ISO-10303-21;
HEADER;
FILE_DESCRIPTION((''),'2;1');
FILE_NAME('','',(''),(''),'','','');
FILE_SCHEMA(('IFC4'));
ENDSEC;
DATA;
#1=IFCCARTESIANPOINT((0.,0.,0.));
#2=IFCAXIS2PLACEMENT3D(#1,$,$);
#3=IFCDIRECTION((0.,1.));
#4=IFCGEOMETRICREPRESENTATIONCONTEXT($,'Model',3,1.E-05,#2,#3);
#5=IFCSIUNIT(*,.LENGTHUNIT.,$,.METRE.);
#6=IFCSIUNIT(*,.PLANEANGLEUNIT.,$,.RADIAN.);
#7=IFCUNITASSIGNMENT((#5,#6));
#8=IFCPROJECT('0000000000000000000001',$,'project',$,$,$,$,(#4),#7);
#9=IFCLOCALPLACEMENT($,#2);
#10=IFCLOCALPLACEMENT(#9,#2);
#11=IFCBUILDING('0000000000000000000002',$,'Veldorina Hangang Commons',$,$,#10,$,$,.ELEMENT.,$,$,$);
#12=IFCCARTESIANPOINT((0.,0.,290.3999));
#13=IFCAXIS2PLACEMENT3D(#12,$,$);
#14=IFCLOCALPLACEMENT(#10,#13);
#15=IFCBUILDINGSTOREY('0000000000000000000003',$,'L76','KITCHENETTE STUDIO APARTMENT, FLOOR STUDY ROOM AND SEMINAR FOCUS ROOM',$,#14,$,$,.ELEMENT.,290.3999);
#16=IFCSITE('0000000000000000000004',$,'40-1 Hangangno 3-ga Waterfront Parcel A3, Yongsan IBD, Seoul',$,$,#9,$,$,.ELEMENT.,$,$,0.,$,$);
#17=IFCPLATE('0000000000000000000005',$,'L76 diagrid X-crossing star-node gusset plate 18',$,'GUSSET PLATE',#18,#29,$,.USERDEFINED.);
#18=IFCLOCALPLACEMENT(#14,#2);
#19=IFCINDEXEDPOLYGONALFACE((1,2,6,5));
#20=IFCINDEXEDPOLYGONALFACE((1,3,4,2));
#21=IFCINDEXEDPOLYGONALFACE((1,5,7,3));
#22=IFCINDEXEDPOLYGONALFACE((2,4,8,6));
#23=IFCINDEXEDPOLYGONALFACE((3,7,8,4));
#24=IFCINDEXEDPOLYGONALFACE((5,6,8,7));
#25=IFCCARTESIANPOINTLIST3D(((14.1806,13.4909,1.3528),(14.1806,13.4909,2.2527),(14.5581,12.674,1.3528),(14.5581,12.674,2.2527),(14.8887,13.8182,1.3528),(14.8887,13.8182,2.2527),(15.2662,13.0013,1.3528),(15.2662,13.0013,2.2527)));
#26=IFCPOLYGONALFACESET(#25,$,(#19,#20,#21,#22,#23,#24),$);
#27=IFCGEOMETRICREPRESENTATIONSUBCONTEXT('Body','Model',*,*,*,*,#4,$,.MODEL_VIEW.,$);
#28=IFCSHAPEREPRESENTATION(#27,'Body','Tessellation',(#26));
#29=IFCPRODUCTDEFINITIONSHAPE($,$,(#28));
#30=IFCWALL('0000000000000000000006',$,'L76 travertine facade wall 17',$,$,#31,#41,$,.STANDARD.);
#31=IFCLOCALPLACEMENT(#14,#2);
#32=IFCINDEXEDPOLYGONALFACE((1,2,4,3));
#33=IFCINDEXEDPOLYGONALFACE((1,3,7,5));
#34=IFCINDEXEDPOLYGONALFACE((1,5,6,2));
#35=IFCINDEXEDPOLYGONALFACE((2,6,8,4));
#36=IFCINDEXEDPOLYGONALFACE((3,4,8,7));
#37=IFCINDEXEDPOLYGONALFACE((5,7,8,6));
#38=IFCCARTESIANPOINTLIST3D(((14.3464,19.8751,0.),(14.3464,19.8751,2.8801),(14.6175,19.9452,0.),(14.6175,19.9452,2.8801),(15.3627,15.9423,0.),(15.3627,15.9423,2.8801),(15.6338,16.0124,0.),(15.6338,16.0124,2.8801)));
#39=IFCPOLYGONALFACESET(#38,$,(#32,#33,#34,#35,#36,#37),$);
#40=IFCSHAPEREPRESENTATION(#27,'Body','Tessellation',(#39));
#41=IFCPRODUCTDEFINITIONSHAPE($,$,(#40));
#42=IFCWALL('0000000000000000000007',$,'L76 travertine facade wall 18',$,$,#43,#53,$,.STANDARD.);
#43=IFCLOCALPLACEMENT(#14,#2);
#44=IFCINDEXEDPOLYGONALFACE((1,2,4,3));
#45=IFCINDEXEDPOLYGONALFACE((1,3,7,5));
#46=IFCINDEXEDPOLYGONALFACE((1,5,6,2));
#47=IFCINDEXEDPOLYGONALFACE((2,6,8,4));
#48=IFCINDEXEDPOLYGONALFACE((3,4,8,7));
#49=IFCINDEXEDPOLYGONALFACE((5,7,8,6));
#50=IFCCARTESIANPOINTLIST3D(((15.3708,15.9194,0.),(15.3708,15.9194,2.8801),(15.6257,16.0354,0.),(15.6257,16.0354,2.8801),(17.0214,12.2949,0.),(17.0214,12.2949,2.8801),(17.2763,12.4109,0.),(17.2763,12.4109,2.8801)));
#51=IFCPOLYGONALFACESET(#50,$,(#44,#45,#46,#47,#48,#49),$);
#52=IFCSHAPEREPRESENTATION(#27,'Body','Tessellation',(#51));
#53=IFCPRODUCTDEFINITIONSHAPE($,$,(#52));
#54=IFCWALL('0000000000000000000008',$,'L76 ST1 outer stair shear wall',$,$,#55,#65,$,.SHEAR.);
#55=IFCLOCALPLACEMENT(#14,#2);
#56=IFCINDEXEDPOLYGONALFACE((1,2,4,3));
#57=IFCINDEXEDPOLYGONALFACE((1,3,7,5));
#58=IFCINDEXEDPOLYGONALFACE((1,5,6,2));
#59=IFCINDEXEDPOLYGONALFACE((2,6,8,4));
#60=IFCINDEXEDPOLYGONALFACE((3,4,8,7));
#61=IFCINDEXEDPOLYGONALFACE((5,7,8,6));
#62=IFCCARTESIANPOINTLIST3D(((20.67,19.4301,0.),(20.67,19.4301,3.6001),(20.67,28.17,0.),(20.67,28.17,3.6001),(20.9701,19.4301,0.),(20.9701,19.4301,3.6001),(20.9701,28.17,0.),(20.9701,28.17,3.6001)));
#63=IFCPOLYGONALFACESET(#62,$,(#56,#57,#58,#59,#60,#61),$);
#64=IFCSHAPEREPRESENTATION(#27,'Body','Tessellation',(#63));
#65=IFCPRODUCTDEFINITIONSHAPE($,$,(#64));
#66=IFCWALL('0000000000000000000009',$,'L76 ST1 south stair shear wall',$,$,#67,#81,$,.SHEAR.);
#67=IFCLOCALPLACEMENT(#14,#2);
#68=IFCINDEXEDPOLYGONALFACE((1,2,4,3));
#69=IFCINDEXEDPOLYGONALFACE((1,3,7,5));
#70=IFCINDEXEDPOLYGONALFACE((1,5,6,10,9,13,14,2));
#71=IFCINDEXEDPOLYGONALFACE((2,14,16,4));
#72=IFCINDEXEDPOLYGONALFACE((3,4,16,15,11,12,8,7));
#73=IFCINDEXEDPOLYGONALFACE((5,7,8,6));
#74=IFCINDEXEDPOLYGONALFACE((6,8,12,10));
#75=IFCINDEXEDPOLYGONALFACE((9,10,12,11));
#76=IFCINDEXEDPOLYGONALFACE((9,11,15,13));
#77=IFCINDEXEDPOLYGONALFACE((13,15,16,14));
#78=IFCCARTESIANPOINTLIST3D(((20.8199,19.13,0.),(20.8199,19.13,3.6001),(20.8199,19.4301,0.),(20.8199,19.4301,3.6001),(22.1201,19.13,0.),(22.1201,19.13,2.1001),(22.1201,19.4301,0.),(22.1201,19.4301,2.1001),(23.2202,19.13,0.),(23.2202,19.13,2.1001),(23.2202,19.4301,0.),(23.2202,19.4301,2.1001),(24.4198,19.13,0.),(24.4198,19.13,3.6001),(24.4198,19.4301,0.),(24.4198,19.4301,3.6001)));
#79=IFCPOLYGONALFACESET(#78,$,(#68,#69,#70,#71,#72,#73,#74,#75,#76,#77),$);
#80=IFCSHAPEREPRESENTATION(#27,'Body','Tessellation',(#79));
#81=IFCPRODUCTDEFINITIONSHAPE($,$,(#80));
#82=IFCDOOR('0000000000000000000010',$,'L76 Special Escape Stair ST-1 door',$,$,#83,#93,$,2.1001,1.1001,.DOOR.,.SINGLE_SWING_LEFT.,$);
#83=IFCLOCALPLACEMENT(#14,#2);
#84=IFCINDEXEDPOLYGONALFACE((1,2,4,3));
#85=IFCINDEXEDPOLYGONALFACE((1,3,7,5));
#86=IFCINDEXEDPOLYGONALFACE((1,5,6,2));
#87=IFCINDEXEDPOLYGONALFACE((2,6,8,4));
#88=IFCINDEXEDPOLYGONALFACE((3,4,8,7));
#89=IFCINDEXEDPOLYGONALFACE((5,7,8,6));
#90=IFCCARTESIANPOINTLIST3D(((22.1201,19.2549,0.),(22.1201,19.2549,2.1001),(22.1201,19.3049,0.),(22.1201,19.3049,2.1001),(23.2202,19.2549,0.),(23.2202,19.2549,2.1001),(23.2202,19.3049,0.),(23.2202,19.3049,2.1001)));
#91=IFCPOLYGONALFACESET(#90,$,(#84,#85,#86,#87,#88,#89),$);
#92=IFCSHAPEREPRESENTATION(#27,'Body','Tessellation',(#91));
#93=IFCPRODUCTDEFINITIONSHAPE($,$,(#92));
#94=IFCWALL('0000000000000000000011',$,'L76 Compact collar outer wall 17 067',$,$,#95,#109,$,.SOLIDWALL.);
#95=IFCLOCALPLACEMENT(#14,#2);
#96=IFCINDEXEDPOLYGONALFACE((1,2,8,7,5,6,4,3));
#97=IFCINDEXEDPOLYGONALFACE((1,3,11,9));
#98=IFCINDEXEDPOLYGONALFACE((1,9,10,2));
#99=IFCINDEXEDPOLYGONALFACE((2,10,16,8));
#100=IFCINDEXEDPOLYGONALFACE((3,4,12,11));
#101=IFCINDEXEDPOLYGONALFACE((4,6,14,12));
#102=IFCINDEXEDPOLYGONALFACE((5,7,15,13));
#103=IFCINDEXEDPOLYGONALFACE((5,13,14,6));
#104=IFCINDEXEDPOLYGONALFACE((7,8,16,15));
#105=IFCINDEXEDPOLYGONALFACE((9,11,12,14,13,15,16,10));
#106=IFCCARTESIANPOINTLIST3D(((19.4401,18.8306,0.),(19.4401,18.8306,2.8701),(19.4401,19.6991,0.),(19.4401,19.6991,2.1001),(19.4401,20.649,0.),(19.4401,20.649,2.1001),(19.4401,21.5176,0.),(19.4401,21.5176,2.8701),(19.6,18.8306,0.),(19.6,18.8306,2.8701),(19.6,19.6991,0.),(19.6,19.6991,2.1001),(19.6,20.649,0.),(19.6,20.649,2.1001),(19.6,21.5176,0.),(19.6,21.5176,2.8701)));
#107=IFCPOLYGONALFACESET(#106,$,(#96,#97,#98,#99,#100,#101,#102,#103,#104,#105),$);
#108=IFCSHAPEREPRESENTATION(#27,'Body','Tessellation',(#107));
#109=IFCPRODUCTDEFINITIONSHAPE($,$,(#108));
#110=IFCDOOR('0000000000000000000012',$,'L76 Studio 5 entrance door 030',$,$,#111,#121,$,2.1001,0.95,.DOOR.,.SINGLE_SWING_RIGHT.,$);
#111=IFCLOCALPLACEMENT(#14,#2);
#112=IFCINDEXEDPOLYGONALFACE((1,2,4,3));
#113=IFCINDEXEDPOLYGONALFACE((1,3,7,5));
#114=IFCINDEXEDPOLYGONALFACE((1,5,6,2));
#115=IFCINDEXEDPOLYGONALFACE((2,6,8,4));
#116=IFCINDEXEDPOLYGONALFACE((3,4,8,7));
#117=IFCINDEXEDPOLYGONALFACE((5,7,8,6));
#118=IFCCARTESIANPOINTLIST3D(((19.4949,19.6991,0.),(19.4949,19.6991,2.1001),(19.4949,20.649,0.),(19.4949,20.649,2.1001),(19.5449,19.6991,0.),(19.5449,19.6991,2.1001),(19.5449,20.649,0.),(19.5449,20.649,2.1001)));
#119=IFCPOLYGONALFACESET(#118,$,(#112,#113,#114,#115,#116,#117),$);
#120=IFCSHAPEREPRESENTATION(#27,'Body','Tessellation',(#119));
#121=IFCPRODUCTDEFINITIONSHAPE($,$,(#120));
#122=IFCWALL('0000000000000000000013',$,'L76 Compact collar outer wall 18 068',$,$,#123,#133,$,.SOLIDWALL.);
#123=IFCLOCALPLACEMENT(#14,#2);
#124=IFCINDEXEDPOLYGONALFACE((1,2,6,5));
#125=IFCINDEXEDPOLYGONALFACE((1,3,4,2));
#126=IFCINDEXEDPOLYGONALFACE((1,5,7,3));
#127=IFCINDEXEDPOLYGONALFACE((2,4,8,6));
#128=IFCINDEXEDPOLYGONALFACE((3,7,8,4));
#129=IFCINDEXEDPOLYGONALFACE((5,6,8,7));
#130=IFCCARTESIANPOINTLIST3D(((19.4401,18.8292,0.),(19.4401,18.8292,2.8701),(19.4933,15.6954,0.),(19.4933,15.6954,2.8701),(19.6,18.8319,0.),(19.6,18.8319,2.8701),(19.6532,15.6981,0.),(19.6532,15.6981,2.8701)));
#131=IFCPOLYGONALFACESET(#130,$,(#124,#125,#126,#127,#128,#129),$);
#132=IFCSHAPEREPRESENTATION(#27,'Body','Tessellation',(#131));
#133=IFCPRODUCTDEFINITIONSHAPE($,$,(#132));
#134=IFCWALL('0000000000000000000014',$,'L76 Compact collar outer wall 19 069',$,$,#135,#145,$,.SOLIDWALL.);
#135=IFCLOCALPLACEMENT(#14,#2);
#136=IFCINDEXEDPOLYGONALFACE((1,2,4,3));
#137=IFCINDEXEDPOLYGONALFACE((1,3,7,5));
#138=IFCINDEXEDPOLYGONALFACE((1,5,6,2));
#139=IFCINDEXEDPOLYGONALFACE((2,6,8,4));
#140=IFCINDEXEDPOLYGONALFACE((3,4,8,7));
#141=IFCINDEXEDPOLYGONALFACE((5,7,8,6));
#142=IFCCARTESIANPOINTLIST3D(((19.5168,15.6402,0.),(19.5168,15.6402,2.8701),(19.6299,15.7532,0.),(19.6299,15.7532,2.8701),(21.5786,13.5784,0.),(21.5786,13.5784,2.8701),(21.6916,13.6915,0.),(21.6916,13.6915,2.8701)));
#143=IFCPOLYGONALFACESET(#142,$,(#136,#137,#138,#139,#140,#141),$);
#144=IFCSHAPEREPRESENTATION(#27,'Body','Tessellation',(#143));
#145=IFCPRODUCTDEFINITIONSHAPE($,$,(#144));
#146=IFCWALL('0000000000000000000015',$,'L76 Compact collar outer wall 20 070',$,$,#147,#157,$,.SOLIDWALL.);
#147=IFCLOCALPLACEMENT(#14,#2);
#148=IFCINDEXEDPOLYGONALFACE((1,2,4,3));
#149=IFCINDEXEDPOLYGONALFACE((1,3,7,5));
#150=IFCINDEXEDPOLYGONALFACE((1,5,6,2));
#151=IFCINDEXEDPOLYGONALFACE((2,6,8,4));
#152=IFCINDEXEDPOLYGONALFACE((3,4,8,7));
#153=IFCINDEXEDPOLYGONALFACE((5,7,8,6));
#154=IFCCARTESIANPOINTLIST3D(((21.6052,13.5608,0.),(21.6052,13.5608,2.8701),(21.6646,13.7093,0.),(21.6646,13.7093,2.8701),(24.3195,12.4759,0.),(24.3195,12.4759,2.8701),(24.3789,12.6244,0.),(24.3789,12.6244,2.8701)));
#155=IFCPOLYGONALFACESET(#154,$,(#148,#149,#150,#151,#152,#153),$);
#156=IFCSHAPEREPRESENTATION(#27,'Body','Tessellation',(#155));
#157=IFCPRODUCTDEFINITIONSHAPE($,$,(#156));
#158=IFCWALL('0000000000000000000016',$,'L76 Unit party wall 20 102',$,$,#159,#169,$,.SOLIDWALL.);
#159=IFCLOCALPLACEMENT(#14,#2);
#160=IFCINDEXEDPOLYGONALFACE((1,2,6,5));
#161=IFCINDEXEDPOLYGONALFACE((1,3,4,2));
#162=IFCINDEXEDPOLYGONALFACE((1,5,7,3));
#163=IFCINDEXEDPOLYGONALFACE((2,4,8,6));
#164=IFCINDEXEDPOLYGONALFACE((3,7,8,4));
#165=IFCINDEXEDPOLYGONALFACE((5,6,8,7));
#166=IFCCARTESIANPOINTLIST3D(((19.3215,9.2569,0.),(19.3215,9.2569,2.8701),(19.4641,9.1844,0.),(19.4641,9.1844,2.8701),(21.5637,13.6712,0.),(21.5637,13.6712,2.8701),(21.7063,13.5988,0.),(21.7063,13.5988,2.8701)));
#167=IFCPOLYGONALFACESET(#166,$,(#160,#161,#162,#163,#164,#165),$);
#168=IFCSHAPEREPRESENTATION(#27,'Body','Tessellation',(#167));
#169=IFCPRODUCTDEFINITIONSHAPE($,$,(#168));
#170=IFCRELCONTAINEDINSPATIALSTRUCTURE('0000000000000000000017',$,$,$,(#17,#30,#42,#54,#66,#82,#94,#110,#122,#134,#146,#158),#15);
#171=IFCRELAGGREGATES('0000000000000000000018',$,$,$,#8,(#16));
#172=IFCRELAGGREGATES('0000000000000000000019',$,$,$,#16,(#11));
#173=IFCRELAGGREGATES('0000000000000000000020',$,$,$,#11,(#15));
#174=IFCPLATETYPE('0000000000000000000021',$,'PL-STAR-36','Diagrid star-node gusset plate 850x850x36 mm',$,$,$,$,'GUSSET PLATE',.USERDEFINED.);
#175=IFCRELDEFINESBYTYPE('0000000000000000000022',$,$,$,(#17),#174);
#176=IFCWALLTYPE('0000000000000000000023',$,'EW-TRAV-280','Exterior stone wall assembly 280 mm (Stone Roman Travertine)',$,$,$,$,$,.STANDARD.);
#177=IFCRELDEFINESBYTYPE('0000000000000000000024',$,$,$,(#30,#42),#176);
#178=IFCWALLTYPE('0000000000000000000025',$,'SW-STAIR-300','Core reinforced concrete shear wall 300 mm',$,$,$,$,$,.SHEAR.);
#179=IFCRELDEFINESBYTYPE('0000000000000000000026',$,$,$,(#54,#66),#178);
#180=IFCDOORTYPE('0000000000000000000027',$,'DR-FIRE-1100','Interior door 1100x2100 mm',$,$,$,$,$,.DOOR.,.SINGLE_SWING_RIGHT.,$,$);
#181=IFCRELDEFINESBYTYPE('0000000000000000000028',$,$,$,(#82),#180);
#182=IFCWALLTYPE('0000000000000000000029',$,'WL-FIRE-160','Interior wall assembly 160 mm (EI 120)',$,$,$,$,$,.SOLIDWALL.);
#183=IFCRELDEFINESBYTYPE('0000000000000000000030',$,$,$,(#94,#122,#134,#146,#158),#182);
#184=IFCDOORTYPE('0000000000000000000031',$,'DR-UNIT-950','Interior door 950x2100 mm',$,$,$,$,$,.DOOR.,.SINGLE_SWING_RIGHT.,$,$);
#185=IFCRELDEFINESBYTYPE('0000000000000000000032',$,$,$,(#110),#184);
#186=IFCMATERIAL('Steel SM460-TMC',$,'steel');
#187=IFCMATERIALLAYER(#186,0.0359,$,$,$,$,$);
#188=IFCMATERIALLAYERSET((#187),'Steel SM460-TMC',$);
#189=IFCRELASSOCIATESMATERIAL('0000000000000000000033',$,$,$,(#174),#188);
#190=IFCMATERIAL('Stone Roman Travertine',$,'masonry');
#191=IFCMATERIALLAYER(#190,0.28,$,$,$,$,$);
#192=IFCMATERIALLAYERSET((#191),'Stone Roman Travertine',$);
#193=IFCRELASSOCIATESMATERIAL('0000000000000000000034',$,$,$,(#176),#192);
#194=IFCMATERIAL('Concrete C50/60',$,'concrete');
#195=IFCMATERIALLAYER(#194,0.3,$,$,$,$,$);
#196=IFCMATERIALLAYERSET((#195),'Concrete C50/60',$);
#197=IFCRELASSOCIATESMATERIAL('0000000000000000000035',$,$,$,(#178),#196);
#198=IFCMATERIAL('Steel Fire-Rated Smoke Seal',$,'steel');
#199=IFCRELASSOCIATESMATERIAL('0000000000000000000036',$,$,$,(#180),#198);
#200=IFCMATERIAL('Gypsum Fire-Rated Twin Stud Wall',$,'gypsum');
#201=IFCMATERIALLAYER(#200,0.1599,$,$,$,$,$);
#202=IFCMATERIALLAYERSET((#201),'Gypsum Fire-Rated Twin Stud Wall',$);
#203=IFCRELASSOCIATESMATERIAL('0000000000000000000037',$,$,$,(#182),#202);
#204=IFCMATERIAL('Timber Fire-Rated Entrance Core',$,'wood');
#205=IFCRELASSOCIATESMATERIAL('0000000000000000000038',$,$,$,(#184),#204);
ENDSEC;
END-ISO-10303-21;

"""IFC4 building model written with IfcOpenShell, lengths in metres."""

from ifc_helpers import new_model, si_unit, direction, frame, frame_2d, origin, origin_2d, place, context, subcontext, project, spatial, rectangle, extrude, material, layer, layer_set, type_object, element, fill, save


model = new_model("IFC4")

# Units and contexts
model_context = context("Model", 3, precision=1e-05, world=origin(), true_north=direction((0.0, 1.0)))
body_context = subcontext(model_context, "Body", "Model", "MODEL_VIEW")
ifc_project = project(units=[si_unit("LENGTHUNIT", "METRE"), si_unit("PLANEANGLEUNIT", "RADIAN")], contexts=[model_context])

# Site, building, storey
site_placement = place(None, origin())
site = spatial("IfcSite", under=ifc_project, at=site_placement, Name="40-1 Hangangno 3-ga Waterfront Parcel A3, Yongsan IBD, Seoul", CompositionType="ELEMENT", RefElevation=0.0)
building_placement = place(site_placement, origin())
building = spatial("IfcBuilding", under=site, at=building_placement, Name="Veldorina Hangang Commons", CompositionType="ELEMENT")
storey_placement = place(building_placement, frame((0.0, 0.0, 290.3999)))
storey = spatial("IfcBuildingStorey", under=building, at=storey_placement, Name="L76", Description="KITCHENETTE STUDIO APARTMENT, FLOOR STUDY ROOM AND SEMINAR FOCUS ROOM", CompositionType="ELEMENT", Elevation=290.3999)

# Plate
ifc_material_1 = material(Name="Steel SM460-TMC", Category="steel")
ifc_layer_1 = layer(ifc_material_1, 0.0359)
ifc_layer_set_1 = layer_set([ifc_layer_1], Name="Steel SM460-TMC")
plate_type = type_object("IfcPlateType", Name="PL-STAR-36", Description="Diagrid star-node gusset plate 850x850x36 mm", ElementType="GUSSET PLATE", PredefinedType="USERDEFINED", material=ifc_layer_set_1)
plate_1_placement = place(storey_placement, frame((14.7234, 13.2461, 1.3528), z_axis=(0.0, 0.0, 1.0), x_axis=(0.419531, -0.907741, 0.0)))
element("IfcPlate", 1, at=plate_1_placement, inside=storey, type_object=plate_type, Name="L76 diagrid X-crossing star-node gusset plate 18", ObjectType="GUSSET PLATE", PredefinedType="USERDEFINED", context=body_context, shape_type="SweptSolid", body=[
    extrude(rectangle(XDim=0.8999, YDim=0.78, at=origin_2d()), origin(), (0.0, 0.0, 1.0), 0.8999),
])

# Walls
ifc_material_2 = material(Name="Stone Roman Travertine", Category="masonry")
ifc_layer_2 = layer(ifc_material_2, 0.28)
ifc_layer_set_2 = layer_set([ifc_layer_2], Name="Stone Roman Travertine")
wall_type_1 = type_object("IfcWallType", Name="EW-TRAV-280", Description="Exterior stone wall assembly 280 mm (Stone Roman Travertine)", PredefinedType="STANDARD", material=ifc_layer_set_2)
wall_1_placement = place(storey_placement, frame((14.4819, 19.9102, 0.0), z_axis=(0.0, 0.0, 1.0), x_axis=(0.250207, -0.968192, 0.0)))
element("IfcWall", 2, at=wall_1_placement, inside=storey, type_object=wall_type_1, Name="L76 travertine facade wall 17", PredefinedType="STANDARD", context=body_context, shape_type="SweptSolid", body=[
    extrude(rectangle(XDim=4.062, YDim=0.28, at=frame_2d((2.031, 0.0))), origin(), (0.0, 0.0, 1.0), 2.8801),
])
wall_2_placement = place(storey_placement, frame((15.4983, 15.9773, 0.0), z_axis=(0.0, 0.0, 1.0), x_axis=(0.414454, -0.91007, 0.0)))
element("IfcWall", 3, at=wall_2_placement, inside=storey, type_object=wall_type_1, Name="L76 travertine facade wall 18", PredefinedType="STANDARD", context=body_context, shape_type="SweptSolid", body=[
    extrude(rectangle(XDim=3.9827, YDim=0.28, at=frame_2d((1.9912, 0.0))), origin(), (0.0, 0.0, 1.0), 2.8801),
])
ifc_material_3 = material(Name="Concrete C50/60", Category="concrete")
ifc_layer_3 = layer(ifc_material_3, 0.3)
ifc_layer_set_3 = layer_set([ifc_layer_3], Name="Concrete C50/60")
wall_type_2 = type_object("IfcWallType", Name="SW-STAIR-300", Description="Core reinforced concrete shear wall 300 mm", PredefinedType="SHEAR", material=ifc_layer_set_3)
wall_3_placement = place(storey_placement, frame((20.8201, 19.4299, 0.0), z_axis=(0.0, 0.0, 1.0), x_axis=(0.0, 1.0, 0.0)))
element("IfcWall", 4, at=wall_3_placement, inside=storey, type_object=wall_type_2, Name="L76 ST1 outer stair shear wall", PredefinedType="SHEAR", context=body_context, shape_type="SweptSolid", body=[
    extrude(rectangle(XDim=8.74, YDim=0.3, at=frame_2d((4.3701, 0.0))), origin(), (0.0, 0.0, 1.0), 3.6001),
])

# Walls, openings, doors
wall_4_placement = place(storey_placement, frame((20.8201, 19.28, 0.0), z_axis=(0.0, 0.0, 1.0), x_axis=(1.0, 0.0, 0.0)))
wall_4 = element("IfcWall", 5, at=wall_4_placement, inside=storey, type_object=wall_type_2, Name="L76 ST1 south stair shear wall", PredefinedType="SHEAR", context=body_context, shape_type="SweptSolid", body=[
    extrude(rectangle(XDim=3.5999, YDim=0.3, at=frame_2d((1.7998, 0.0))), origin(), (0.0, 0.0, 1.0), 3.6001),
])
opening_1_placement = place(wall_4_placement, frame((1.3, 0.0, 0.0)))
opening_1 = element("IfcOpeningElement", 6, at=opening_1_placement, cuts=wall_4, PredefinedType="OPENING", context=body_context, shape_type="SweptSolid", body=[
    extrude(rectangle(XDim=1.1001, YDim=2.1001, at=frame_2d((0.55, 1.05))), frame((0.0, 0.1602, 0.0), z_axis=(0.0, -1.0, 0.0), x_axis=(1.0, 0.0, 0.0)), (0.0, 0.0, 1.0), 0.3201),
])
ifc_material_4 = material(Name="Steel Fire-Rated Smoke Seal", Category="steel")
door_type_1 = type_object("IfcDoorType", Name="DR-FIRE-1100", Description="Interior door 1100x2100 mm", OperationType="SINGLE_SWING_RIGHT", PredefinedType="DOOR", material=ifc_material_4)
door_1_placement = place(opening_1_placement, origin())
door_1 = element("IfcDoor", 7, at=door_1_placement, inside=storey, type_object=door_type_1, Name="L76 Special Escape Stair ST-1 door", OperationType="SINGLE_SWING_LEFT", OverallHeight=2.1001, OverallWidth=1.1001, PredefinedType="DOOR", context=body_context, shape_type="SweptSolid", body=[
    extrude(rectangle(XDim=1.1001, YDim=2.1001, at=frame_2d((0.55, 1.05))), frame((0.0, 0.0249, 0.0), z_axis=(0.0, -1.0, 0.0), x_axis=(1.0, 0.0, 0.0)), (0.0, 0.0, 1.0), 0.05),
])
fill(opening_1, door_1)
ifc_material_5 = material(Name="Gypsum Fire-Rated Twin Stud Wall", Category="gypsum")
ifc_layer_4 = layer(ifc_material_5, 0.1599)
ifc_layer_set_4 = layer_set([ifc_layer_4], Name="Gypsum Fire-Rated Twin Stud Wall")
wall_type_3 = type_object("IfcWallType", Name="WL-FIRE-160", Description="Interior wall assembly 160 mm (EI 120)", PredefinedType="SOLIDWALL", material=ifc_layer_set_4)
wall_5_placement = place(storey_placement, frame((19.52, 21.5176, 0.0), z_axis=(0.0, 0.0, 1.0), x_axis=(0.0, -1.0, 0.0)))
wall_5 = element("IfcWall", 8, at=wall_5_placement, inside=storey, type_object=wall_type_3, Name="L76 Compact collar outer wall 17 067", PredefinedType="SOLIDWALL", context=body_context, shape_type="SweptSolid", body=[
    extrude(rectangle(XDim=2.687, YDim=0.1599, at=frame_2d((1.3435, 0.0))), origin(), (0.0, 0.0, 1.0), 2.8701),
])
opening_2_placement = place(wall_5_placement, frame((0.8684, 0.0, 0.0)))
opening_2 = element("IfcOpeningElement", 9, at=opening_2_placement, cuts=wall_5, PredefinedType="OPENING", context=body_context, shape_type="SweptSolid", body=[
    extrude(rectangle(XDim=0.95, YDim=2.1001, at=frame_2d((0.4751, 1.05))), frame((0.0, 0.0898, 0.0), z_axis=(0.0, -1.0, 0.0), x_axis=(1.0, 0.0, 0.0)), (0.0, 0.0, 1.0), 0.1799),
])
ifc_material_6 = material(Name="Timber Fire-Rated Entrance Core", Category="wood")
door_type_2 = type_object("IfcDoorType", Name="DR-UNIT-950", Description="Interior door 950x2100 mm", OperationType="SINGLE_SWING_RIGHT", PredefinedType="DOOR", material=ifc_material_6)
door_2_placement = place(opening_2_placement, origin())
door_2 = element("IfcDoor", 10, at=door_2_placement, inside=storey, type_object=door_type_2, Name="L76 Studio 5 entrance door 030", OperationType="SINGLE_SWING_RIGHT", OverallHeight=2.1001, OverallWidth=0.95, PredefinedType="DOOR", context=body_context, shape_type="SweptSolid", body=[
    extrude(rectangle(XDim=0.95, YDim=2.1001, at=frame_2d((0.4751, 1.05))), frame((0.0, 0.0249, 0.0), z_axis=(0.0, -1.0, 0.0), x_axis=(1.0, 0.0, 0.0)), (0.0, 0.0, 1.0), 0.05),
])
fill(opening_2, door_2)

# Walls
wall_6_placement = place(storey_placement, frame((19.52, 18.8306, 0.0), z_axis=(0.0, 0.0, 1.0), x_axis=(0.016981, -0.999856, 0.0)))
element("IfcWall", 11, at=wall_6_placement, inside=storey, type_object=wall_type_3, Name="L76 Compact collar outer wall 18 068", PredefinedType="SOLIDWALL", context=body_context, shape_type="SweptSolid", body=[
    extrude(rectangle(XDim=3.1343, YDim=0.1599, at=frame_2d((1.5671, 0.0))), origin(), (0.0, 0.0, 1.0), 2.8701),
])
wall_7_placement = place(storey_placement, frame((19.5732, 15.6968, 0.0), z_axis=(0.0, 0.0, 1.0), x_axis=(0.707107, -0.707107, 0.0)))
element("IfcWall", 12, at=wall_7_placement, inside=storey, type_object=wall_type_3, Name="L76 Compact collar outer wall 19 069", PredefinedType="SOLIDWALL", context=body_context, shape_type="SweptSolid", body=[
    extrude(rectangle(XDim=2.9158, YDim=0.1599, at=frame_2d((1.458, 0.0))), origin(), (0.0, 0.0, 1.0), 2.8701),
])
wall_8_placement = place(storey_placement, frame((21.635, 13.635, 0.0), z_axis=(0.0, 0.0, 1.0), x_axis=(0.928569, -0.37116, 0.0)))
element("IfcWall", 13, at=wall_8_placement, inside=storey, type_object=wall_type_3, Name="L76 Compact collar outer wall 20 070", PredefinedType="SOLIDWALL", context=body_context, shape_type="SweptSolid", body=[
    extrude(rectangle(XDim=2.9231, YDim=0.1599, at=frame_2d((1.4614, 0.0))), origin(), (0.0, 0.0, 1.0), 2.8701),
])
wall_9_placement = place(storey_placement, frame((21.635, 13.635, 0.0), z_axis=(0.0, 0.0, 1.0), x_axis=(-0.452865, -0.891579, 0.0)))
element("IfcWall", 14, at=wall_9_placement, inside=storey, type_object=wall_type_3, Name="L76 Unit party wall 20 102", PredefinedType="SOLIDWALL", context=body_context, shape_type="SweptSolid", body=[
    extrude(rectangle(XDim=4.9512, YDim=0.1599, at=frame_2d((2.4756, 0.0))), origin(), (0.0, 0.0, 1.0), 2.8701),
])

save(model, "model.ifc")
